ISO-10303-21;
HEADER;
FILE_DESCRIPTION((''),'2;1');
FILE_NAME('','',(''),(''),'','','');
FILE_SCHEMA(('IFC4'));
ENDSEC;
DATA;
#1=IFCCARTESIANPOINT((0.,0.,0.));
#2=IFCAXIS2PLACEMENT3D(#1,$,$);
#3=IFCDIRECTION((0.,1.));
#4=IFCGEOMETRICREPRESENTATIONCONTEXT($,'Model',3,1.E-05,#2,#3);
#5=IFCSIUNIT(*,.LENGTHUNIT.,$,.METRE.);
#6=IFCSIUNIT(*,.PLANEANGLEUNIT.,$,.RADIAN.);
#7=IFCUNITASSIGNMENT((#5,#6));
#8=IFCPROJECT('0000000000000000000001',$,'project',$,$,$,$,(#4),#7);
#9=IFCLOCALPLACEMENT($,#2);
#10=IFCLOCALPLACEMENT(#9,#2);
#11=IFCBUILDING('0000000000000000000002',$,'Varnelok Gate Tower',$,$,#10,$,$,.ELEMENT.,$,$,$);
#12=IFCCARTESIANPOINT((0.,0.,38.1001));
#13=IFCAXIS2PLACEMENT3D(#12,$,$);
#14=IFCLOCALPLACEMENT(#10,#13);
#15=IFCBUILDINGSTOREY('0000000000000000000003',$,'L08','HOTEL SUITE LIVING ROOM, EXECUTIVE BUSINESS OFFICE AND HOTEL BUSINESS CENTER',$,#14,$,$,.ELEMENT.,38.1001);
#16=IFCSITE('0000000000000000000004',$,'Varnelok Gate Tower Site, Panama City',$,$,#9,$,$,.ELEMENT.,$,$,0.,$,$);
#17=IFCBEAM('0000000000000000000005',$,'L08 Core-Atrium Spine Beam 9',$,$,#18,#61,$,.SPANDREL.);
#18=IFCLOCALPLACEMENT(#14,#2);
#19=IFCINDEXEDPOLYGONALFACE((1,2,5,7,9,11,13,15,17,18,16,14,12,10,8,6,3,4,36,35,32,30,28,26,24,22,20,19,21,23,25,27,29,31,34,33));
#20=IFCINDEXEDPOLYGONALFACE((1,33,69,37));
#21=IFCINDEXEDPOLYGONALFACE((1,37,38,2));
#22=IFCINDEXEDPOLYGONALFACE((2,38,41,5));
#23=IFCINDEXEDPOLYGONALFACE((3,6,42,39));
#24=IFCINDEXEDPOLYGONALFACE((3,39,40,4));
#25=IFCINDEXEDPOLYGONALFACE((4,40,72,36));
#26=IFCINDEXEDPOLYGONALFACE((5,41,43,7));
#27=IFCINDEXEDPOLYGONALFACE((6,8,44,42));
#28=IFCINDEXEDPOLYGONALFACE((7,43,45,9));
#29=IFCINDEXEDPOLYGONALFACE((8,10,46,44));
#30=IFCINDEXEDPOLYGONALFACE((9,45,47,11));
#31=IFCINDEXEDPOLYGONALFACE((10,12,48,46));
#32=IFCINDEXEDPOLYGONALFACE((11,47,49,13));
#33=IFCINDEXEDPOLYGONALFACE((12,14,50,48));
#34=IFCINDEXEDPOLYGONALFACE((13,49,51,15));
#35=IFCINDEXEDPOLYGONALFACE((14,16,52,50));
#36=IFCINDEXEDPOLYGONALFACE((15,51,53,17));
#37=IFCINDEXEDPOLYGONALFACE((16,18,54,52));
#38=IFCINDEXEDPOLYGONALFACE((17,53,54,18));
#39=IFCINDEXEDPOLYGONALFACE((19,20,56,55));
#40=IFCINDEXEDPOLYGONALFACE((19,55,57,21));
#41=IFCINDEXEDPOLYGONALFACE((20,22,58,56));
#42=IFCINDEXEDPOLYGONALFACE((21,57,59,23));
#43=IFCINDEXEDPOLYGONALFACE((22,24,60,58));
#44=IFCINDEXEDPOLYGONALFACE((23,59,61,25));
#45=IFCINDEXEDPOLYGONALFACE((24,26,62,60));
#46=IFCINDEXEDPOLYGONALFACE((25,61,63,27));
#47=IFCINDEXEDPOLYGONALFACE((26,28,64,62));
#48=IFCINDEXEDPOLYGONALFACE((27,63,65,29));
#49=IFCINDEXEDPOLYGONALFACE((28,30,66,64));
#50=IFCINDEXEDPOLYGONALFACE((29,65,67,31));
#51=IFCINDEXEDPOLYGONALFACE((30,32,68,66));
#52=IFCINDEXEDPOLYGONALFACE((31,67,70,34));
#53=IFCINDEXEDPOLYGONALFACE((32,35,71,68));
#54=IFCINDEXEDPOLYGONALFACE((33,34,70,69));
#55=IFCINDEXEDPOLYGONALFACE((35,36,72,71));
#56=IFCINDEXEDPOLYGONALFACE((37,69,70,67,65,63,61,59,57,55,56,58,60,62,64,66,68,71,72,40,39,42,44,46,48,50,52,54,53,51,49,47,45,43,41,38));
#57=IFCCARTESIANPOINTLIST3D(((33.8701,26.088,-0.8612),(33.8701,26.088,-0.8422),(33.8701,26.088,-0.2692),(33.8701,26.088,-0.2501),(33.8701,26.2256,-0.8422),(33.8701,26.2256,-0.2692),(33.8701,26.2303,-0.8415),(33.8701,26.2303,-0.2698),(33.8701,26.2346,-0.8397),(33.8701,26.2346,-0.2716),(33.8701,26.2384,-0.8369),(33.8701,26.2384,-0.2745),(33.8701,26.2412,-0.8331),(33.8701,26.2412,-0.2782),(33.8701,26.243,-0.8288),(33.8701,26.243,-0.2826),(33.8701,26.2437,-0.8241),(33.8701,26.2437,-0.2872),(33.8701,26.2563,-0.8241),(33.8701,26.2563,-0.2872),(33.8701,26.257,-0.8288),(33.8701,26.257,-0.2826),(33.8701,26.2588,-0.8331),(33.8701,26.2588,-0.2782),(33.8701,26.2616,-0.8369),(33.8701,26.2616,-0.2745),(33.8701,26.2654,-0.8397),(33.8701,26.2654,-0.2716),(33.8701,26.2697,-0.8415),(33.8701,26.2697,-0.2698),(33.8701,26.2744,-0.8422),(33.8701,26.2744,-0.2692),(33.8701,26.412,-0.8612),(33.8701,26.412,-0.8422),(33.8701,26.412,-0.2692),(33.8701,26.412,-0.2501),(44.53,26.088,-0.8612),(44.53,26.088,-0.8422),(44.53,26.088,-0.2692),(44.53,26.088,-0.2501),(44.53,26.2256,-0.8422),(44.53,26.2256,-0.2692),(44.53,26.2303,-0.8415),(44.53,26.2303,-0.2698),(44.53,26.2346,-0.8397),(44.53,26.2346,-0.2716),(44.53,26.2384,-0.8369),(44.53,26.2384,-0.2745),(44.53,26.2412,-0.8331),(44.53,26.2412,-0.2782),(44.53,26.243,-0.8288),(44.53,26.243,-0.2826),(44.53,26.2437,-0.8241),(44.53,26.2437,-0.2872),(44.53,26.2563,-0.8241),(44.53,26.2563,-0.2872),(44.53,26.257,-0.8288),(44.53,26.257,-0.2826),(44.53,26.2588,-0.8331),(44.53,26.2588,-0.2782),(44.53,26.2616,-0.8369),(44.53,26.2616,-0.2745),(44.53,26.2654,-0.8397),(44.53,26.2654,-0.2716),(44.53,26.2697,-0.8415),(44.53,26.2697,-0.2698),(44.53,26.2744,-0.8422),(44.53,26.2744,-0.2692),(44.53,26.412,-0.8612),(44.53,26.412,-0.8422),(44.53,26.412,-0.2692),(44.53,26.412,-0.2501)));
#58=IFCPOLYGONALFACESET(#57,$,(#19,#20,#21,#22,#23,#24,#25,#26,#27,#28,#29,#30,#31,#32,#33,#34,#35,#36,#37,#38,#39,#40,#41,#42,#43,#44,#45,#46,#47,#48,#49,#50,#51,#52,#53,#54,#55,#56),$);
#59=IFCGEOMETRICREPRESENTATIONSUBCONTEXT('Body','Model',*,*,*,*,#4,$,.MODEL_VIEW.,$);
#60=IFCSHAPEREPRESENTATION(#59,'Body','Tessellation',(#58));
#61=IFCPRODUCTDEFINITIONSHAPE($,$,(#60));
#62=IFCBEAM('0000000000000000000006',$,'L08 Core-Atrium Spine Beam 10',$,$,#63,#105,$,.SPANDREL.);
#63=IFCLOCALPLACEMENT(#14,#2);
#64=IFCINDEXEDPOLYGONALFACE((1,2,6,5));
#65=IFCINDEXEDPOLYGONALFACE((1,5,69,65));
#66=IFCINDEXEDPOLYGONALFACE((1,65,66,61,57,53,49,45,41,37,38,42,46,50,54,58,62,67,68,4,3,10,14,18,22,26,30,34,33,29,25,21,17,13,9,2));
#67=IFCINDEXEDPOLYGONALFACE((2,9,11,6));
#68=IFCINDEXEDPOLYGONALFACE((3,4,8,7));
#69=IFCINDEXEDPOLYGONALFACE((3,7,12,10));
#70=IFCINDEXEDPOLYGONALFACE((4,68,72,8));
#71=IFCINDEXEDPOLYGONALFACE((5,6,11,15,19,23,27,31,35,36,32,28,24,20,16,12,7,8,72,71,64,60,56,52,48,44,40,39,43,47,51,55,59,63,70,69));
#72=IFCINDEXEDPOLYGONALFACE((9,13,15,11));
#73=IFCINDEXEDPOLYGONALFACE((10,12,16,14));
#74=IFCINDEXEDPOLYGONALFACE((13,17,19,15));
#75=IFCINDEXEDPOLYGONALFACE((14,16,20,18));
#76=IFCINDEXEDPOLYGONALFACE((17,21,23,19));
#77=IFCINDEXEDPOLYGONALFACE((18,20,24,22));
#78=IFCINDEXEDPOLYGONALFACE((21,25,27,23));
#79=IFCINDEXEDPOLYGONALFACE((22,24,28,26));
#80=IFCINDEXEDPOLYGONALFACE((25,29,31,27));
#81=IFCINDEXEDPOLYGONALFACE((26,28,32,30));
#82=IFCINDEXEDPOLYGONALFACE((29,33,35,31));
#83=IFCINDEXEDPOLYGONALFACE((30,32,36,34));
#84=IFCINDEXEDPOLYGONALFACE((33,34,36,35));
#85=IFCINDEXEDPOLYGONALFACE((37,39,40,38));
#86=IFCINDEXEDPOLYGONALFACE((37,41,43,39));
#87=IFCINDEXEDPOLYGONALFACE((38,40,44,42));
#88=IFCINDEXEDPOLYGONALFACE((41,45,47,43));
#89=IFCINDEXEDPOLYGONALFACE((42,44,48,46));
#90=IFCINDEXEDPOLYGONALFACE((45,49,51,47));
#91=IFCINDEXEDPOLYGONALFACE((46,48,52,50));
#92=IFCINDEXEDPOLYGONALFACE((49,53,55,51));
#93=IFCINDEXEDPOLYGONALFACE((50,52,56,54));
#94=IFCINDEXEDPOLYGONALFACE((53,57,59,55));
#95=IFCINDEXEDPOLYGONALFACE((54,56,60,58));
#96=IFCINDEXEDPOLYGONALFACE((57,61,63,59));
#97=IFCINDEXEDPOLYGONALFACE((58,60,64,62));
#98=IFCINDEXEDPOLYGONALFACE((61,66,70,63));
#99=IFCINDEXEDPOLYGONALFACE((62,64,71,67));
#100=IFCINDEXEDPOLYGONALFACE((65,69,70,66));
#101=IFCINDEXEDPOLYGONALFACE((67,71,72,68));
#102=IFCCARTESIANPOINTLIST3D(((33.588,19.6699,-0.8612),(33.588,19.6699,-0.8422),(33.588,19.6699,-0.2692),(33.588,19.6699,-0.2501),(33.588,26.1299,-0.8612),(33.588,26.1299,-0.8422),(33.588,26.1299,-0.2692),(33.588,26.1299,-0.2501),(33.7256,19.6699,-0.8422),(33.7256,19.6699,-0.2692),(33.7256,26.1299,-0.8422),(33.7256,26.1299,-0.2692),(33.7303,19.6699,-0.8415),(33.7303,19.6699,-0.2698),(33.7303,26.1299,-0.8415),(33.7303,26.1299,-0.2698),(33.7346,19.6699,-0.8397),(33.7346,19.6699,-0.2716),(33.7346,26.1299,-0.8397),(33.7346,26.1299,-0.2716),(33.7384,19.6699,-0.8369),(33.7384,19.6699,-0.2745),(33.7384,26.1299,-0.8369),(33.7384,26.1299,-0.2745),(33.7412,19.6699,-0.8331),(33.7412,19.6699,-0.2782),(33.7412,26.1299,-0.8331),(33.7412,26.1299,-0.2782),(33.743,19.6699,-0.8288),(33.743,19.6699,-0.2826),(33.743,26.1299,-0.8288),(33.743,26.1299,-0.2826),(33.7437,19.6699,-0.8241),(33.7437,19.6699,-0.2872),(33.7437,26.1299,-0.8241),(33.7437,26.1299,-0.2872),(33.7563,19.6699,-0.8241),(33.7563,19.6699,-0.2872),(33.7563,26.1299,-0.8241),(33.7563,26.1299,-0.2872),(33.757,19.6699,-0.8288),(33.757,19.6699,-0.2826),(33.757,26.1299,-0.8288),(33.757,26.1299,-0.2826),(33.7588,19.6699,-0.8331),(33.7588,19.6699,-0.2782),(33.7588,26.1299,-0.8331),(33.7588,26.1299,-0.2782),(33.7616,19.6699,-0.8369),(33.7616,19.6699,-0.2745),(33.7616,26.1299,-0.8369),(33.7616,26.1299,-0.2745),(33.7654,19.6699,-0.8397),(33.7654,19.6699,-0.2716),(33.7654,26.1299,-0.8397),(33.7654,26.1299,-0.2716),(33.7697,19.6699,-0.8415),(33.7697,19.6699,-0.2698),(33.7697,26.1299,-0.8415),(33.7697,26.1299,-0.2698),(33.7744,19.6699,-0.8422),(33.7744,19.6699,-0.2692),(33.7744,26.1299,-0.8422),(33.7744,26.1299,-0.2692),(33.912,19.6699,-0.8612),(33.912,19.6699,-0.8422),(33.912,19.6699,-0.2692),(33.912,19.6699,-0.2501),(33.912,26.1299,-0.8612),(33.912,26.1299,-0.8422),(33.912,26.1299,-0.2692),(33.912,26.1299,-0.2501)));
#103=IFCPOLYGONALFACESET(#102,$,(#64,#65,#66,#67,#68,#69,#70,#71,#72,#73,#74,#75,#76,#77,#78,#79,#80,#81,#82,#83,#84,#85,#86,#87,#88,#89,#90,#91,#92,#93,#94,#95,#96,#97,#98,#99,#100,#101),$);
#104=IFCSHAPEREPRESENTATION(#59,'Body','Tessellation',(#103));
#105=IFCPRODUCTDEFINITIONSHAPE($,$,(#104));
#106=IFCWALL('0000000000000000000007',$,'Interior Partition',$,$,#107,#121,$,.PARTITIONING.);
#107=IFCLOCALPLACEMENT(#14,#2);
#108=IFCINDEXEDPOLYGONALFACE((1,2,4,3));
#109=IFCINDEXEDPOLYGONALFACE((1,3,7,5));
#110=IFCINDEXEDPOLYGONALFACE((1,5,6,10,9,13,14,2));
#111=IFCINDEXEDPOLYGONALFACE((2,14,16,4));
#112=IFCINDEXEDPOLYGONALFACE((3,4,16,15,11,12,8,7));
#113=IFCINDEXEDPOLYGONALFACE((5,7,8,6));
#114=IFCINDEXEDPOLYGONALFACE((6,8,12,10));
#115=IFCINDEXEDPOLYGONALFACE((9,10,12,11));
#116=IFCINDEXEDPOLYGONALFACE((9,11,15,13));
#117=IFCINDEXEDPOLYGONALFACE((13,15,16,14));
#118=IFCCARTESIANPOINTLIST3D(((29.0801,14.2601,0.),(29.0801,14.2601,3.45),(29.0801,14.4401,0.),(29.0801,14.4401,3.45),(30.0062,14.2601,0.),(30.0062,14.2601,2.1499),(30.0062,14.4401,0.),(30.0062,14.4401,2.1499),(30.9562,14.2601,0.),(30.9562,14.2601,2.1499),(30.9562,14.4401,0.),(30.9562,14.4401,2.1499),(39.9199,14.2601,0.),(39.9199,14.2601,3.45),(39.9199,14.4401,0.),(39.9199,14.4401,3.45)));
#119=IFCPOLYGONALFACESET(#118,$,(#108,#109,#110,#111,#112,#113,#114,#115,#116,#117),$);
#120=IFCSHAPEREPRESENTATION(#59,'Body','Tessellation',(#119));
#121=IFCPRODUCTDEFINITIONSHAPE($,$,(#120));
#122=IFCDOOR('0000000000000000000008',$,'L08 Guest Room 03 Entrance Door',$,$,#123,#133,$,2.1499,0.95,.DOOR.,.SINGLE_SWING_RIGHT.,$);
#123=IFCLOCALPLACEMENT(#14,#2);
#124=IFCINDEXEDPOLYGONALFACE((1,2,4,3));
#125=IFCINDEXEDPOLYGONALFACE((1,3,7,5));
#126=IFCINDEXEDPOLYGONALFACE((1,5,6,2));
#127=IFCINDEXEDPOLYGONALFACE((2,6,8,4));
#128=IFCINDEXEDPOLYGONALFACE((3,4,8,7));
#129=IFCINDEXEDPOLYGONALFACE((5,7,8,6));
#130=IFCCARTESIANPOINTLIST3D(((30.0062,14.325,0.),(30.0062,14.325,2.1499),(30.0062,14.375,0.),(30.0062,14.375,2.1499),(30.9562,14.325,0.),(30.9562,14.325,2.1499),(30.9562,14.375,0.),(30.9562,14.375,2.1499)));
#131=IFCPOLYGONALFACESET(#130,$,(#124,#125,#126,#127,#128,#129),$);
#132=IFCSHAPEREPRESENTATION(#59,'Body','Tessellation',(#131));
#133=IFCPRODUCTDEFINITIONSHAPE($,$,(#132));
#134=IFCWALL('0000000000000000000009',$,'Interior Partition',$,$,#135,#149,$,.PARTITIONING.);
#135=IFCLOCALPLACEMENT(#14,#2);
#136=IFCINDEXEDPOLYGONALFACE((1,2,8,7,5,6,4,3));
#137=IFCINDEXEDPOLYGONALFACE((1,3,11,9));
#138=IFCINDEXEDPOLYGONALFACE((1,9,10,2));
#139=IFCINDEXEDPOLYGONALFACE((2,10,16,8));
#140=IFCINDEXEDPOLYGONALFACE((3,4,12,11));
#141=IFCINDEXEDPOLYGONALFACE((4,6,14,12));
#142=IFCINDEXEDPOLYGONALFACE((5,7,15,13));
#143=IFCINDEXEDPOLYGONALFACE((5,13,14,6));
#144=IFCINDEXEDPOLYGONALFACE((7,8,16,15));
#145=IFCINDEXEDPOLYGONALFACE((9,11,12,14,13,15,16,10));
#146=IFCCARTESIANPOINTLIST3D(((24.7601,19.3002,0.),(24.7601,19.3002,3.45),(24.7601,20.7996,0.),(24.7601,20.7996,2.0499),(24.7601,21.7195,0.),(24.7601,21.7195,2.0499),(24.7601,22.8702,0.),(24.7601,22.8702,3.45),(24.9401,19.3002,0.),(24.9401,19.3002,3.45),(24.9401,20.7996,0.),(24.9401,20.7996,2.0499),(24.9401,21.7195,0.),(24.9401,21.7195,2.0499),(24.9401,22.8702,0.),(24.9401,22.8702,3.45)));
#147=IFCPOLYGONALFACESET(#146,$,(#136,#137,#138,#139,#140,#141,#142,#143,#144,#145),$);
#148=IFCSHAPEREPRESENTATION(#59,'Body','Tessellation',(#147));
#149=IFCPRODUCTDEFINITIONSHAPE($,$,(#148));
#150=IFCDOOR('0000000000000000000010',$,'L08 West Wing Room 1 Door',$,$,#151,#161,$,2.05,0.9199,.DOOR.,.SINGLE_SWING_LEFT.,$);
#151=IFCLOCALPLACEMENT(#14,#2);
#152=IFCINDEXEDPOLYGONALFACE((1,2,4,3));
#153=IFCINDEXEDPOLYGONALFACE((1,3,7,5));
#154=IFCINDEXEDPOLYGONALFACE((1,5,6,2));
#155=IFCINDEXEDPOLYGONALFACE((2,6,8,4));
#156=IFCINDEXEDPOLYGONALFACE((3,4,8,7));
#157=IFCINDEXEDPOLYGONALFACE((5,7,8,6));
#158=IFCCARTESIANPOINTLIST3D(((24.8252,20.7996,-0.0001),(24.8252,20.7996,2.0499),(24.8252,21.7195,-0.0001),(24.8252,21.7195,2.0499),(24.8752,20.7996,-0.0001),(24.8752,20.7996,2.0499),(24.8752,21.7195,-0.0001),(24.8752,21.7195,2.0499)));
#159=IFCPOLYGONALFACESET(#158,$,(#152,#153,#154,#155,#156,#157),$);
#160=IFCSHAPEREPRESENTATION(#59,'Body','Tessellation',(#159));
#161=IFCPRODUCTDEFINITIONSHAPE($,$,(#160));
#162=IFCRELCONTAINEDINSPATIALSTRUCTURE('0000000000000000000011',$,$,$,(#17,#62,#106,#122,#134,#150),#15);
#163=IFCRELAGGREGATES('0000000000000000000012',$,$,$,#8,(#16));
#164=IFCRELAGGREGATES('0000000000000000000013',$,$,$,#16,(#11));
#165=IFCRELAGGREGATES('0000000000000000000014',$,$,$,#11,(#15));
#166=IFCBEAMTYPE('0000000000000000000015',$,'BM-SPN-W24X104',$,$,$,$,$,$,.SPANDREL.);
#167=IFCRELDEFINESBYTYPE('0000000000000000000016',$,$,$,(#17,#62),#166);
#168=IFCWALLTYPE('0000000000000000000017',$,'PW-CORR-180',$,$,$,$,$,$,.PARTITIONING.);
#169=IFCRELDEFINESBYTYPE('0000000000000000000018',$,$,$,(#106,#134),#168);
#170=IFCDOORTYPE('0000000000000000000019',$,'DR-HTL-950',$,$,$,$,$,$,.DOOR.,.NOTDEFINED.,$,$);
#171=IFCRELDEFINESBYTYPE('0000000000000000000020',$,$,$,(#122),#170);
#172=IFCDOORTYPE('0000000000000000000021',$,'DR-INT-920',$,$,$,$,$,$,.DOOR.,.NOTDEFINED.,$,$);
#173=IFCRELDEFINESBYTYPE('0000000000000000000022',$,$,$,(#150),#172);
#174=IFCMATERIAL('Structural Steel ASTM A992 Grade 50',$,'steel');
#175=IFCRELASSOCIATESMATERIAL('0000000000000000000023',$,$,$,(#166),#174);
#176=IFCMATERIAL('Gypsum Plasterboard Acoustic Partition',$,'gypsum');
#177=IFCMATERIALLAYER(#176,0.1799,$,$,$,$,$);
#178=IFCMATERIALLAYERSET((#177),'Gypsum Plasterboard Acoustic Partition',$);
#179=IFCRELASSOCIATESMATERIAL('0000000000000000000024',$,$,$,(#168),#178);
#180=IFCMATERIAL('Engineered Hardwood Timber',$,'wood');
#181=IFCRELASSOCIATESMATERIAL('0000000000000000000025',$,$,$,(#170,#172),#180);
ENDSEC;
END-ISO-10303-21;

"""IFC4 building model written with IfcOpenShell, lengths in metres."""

from ifc_helpers import new_model, si_unit, direction, frame, frame_2d, origin, origin_2d, place, context, subcontext, project, spatial, rectangle, i_section, extrude, material, layer, layer_set, material_profile, profile_set, type_object, element, fill, save


model = new_model("IFC4")

# Units and contexts
model_context = context("Model", 3, precision=1e-05, world=origin(), true_north=direction((0.0, 1.0)))
body_context = subcontext(model_context, "Body", "Model", "MODEL_VIEW")
ifc_project = project(units=[si_unit("LENGTHUNIT", "METRE"), si_unit("PLANEANGLEUNIT", "RADIAN")], contexts=[model_context])

# Site, building, storey
site_placement = place(None, origin())
site = spatial("IfcSite", under=ifc_project, at=site_placement, Name="Varnelok Gate Tower Site, Panama City", CompositionType="ELEMENT", RefElevation=0.0)
building_placement = place(site_placement, origin())
building = spatial("IfcBuilding", under=site, at=building_placement, Name="Varnelok Gate Tower", CompositionType="ELEMENT")
storey_placement = place(building_placement, frame((0.0, 0.0, 38.1001)))
storey = spatial("IfcBuildingStorey", under=building, at=storey_placement, Name="L08", Description="HOTEL SUITE LIVING ROOM, EXECUTIVE BUSINESS OFFICE AND HOTEL BUSINESS CENTER", CompositionType="ELEMENT", Elevation=38.1001)

# Shared definitions
ifc_material_1 = material(Name="Structural Steel ASTM A992 Grade 50", Category="steel")

# Beams
ifc_material_profile_1 = material_profile(ifc_material_1, i_section(OverallWidth=0.324, OverallDepth=0.6111, WebThickness=0.0127, FlangeThickness=0.019, FilletRadius=0.0181, at=origin_2d()), Name="W24X104")
ifc_profile_set_1 = profile_set([ifc_material_profile_1], Name="Structural Steel ASTM A992 Grade 50")
beam_type_1 = type_object("IfcBeamType", Name="BM-SPN-W24X104", PredefinedType="SPANDREL", material=ifc_profile_set_1)
for number, where, z_axis, x_axis, name in (
    (1, (33.8701, 26.25, -0.5557), (1.0, 0.0, 0.0), (0.0, 1.0, 0.0), "L08 Core-Atrium Spine Beam 9"),
):
    element("IfcBeam", number, at=place(storey_placement, frame(where, z_axis=z_axis, x_axis=x_axis)), inside=storey, type_object=beam_type_1, Name=name, PredefinedType="SPANDREL", context=body_context, shape_type="SweptSolid", body=[
        extrude(i_section(OverallWidth=0.324, OverallDepth=0.6111, WebThickness=0.0127, FlangeThickness=0.019, FilletRadius=0.0181, at=origin_2d()), origin(), (0.0, 0.0, 1.0), 10.6599),
    ])
beam_1_placement = place(storey_placement, frame((33.75, 19.6699, -0.5557), z_axis=(0.0, 1.0, 0.0), x_axis=(-1.0, 0.0, 0.0)))
element("IfcBeam", 2, at=beam_1_placement, inside=storey, type_object=beam_type_1, Name="L08 Core-Atrium Spine Beam 10", PredefinedType="SPANDREL", context=body_context, shape_type="SweptSolid", body=[
    extrude(i_section(OverallWidth=0.324, OverallDepth=0.6111, WebThickness=0.0127, FlangeThickness=0.019, FilletRadius=0.0181, at=origin_2d()), origin(), (0.0, 0.0, 1.0), 6.46),
])

# Walls, openings, doors
ifc_material_2 = material(Name="Gypsum Plasterboard Acoustic Partition", Category="gypsum")
ifc_layer_1 = layer(ifc_material_2, 0.1799)
ifc_layer_set_1 = layer_set([ifc_layer_1], Name="Gypsum Plasterboard Acoustic Partition")
wall_type_1 = type_object("IfcWallType", Name="PW-CORR-180", PredefinedType="PARTITIONING", material=ifc_layer_set_1)
wall_1_placement = place(storey_placement, frame((29.0801, 14.3501, 0.0), z_axis=(0.0, 0.0, 1.0), x_axis=(1.0, 0.0, 0.0)))
wall_1 = element("IfcWall", 3, at=wall_1_placement, inside=storey, type_object=wall_type_1, Name="Interior Partition", PredefinedType="PARTITIONING", context=body_context, shape_type="SweptSolid", body=[
    extrude(rectangle(XDim=10.8398, YDim=0.1799, at=frame_2d((5.4199, 0.0))), origin(), (0.0, 0.0, 1.0), 3.45),
])
opening_1_placement = place(wall_1_placement, frame((0.926, 0.0, 0.0)))
opening_1 = element("IfcOpeningElement", 4, at=opening_1_placement, cuts=wall_1, PredefinedType="OPENING", context=body_context, shape_type="SweptSolid", body=[
    extrude(rectangle(XDim=0.95, YDim=2.1499, at=frame_2d((0.4751, 1.075))), frame((0.0, 0.0999, 0.0), z_axis=(0.0, -1.0, 0.0), x_axis=(1.0, 0.0, 0.0)), (0.0, 0.0, 1.0), 0.2),
])
ifc_material_3 = material(Name="Engineered Hardwood Timber", Category="wood")
door_type_1 = type_object("IfcDoorType", Name="DR-HTL-950", OperationType="NOTDEFINED", PredefinedType="DOOR", material=ifc_material_3)
door_1_placement = place(opening_1_placement, origin())
door_1 = element("IfcDoor", 5, at=door_1_placement, inside=storey, type_object=door_type_1, Name="L08 Guest Room 03 Entrance Door", OperationType="SINGLE_SWING_RIGHT", OverallHeight=2.1499, OverallWidth=0.95, PredefinedType="DOOR", context=body_context, shape_type="SweptSolid", body=[
    extrude(rectangle(XDim=0.95, YDim=2.1499, at=frame_2d((0.4751, 1.075))), frame((0.0, 0.0249, 0.0), z_axis=(0.0, -1.0, 0.0), x_axis=(1.0, 0.0, 0.0)), (0.0, 0.0, 1.0), 0.05),
])
fill(opening_1, door_1)
wall_2_placement = place(storey_placement, frame((24.8501, 19.3, 0.0), z_axis=(0.0, 0.0, 1.0), x_axis=(0.0, 1.0, 0.0)))
wall_2 = element("IfcWall", 6, at=wall_2_placement, inside=storey, type_object=wall_type_1, Name="Interior Partition", PredefinedType="PARTITIONING", context=body_context, shape_type="SweptSolid", body=[
    extrude(rectangle(XDim=3.5701, YDim=0.1799, at=frame_2d((1.7852, 0.0))), origin(), (0.0, 0.0, 1.0), 3.45),
])
opening_2_placement = place(wall_2_placement, frame((1.4995, 0.0, 0.0)))
opening_2 = element("IfcOpeningElement", 7, at=opening_2_placement, cuts=wall_2, PredefinedType="OPENING", context=body_context, shape_type="SweptSolid", body=[
    extrude(rectangle(XDim=0.9199, YDim=2.05, at=frame_2d((0.46, 1.0249))), frame((0.0, 0.0999, 0.0), z_axis=(0.0, -1.0, 0.0), x_axis=(1.0, 0.0, 0.0)), (0.0, 0.0, 1.0), 0.2),
])
door_type_2 = type_object("IfcDoorType", Name="DR-INT-920", OperationType="NOTDEFINED", PredefinedType="DOOR", material=ifc_material_3)
door_2_placement = place(opening_2_placement, origin())
door_2 = element("IfcDoor", 8, at=door_2_placement, inside=storey, type_object=door_type_2, Name="L08 West Wing Room 1 Door", OperationType="SINGLE_SWING_LEFT", OverallHeight=2.05, OverallWidth=0.9199, PredefinedType="DOOR", context=body_context, shape_type="SweptSolid", body=[
    extrude(rectangle(XDim=0.9199, YDim=2.05, at=frame_2d((0.46, 1.0249))), frame((0.0, 0.0249, 0.0), z_axis=(0.0, -1.0, 0.0), x_axis=(1.0, 0.0, 0.0)), (0.0, 0.0, 1.0), 0.05),
])
fill(opening_2, door_2)

save(model, "model.ifc")
